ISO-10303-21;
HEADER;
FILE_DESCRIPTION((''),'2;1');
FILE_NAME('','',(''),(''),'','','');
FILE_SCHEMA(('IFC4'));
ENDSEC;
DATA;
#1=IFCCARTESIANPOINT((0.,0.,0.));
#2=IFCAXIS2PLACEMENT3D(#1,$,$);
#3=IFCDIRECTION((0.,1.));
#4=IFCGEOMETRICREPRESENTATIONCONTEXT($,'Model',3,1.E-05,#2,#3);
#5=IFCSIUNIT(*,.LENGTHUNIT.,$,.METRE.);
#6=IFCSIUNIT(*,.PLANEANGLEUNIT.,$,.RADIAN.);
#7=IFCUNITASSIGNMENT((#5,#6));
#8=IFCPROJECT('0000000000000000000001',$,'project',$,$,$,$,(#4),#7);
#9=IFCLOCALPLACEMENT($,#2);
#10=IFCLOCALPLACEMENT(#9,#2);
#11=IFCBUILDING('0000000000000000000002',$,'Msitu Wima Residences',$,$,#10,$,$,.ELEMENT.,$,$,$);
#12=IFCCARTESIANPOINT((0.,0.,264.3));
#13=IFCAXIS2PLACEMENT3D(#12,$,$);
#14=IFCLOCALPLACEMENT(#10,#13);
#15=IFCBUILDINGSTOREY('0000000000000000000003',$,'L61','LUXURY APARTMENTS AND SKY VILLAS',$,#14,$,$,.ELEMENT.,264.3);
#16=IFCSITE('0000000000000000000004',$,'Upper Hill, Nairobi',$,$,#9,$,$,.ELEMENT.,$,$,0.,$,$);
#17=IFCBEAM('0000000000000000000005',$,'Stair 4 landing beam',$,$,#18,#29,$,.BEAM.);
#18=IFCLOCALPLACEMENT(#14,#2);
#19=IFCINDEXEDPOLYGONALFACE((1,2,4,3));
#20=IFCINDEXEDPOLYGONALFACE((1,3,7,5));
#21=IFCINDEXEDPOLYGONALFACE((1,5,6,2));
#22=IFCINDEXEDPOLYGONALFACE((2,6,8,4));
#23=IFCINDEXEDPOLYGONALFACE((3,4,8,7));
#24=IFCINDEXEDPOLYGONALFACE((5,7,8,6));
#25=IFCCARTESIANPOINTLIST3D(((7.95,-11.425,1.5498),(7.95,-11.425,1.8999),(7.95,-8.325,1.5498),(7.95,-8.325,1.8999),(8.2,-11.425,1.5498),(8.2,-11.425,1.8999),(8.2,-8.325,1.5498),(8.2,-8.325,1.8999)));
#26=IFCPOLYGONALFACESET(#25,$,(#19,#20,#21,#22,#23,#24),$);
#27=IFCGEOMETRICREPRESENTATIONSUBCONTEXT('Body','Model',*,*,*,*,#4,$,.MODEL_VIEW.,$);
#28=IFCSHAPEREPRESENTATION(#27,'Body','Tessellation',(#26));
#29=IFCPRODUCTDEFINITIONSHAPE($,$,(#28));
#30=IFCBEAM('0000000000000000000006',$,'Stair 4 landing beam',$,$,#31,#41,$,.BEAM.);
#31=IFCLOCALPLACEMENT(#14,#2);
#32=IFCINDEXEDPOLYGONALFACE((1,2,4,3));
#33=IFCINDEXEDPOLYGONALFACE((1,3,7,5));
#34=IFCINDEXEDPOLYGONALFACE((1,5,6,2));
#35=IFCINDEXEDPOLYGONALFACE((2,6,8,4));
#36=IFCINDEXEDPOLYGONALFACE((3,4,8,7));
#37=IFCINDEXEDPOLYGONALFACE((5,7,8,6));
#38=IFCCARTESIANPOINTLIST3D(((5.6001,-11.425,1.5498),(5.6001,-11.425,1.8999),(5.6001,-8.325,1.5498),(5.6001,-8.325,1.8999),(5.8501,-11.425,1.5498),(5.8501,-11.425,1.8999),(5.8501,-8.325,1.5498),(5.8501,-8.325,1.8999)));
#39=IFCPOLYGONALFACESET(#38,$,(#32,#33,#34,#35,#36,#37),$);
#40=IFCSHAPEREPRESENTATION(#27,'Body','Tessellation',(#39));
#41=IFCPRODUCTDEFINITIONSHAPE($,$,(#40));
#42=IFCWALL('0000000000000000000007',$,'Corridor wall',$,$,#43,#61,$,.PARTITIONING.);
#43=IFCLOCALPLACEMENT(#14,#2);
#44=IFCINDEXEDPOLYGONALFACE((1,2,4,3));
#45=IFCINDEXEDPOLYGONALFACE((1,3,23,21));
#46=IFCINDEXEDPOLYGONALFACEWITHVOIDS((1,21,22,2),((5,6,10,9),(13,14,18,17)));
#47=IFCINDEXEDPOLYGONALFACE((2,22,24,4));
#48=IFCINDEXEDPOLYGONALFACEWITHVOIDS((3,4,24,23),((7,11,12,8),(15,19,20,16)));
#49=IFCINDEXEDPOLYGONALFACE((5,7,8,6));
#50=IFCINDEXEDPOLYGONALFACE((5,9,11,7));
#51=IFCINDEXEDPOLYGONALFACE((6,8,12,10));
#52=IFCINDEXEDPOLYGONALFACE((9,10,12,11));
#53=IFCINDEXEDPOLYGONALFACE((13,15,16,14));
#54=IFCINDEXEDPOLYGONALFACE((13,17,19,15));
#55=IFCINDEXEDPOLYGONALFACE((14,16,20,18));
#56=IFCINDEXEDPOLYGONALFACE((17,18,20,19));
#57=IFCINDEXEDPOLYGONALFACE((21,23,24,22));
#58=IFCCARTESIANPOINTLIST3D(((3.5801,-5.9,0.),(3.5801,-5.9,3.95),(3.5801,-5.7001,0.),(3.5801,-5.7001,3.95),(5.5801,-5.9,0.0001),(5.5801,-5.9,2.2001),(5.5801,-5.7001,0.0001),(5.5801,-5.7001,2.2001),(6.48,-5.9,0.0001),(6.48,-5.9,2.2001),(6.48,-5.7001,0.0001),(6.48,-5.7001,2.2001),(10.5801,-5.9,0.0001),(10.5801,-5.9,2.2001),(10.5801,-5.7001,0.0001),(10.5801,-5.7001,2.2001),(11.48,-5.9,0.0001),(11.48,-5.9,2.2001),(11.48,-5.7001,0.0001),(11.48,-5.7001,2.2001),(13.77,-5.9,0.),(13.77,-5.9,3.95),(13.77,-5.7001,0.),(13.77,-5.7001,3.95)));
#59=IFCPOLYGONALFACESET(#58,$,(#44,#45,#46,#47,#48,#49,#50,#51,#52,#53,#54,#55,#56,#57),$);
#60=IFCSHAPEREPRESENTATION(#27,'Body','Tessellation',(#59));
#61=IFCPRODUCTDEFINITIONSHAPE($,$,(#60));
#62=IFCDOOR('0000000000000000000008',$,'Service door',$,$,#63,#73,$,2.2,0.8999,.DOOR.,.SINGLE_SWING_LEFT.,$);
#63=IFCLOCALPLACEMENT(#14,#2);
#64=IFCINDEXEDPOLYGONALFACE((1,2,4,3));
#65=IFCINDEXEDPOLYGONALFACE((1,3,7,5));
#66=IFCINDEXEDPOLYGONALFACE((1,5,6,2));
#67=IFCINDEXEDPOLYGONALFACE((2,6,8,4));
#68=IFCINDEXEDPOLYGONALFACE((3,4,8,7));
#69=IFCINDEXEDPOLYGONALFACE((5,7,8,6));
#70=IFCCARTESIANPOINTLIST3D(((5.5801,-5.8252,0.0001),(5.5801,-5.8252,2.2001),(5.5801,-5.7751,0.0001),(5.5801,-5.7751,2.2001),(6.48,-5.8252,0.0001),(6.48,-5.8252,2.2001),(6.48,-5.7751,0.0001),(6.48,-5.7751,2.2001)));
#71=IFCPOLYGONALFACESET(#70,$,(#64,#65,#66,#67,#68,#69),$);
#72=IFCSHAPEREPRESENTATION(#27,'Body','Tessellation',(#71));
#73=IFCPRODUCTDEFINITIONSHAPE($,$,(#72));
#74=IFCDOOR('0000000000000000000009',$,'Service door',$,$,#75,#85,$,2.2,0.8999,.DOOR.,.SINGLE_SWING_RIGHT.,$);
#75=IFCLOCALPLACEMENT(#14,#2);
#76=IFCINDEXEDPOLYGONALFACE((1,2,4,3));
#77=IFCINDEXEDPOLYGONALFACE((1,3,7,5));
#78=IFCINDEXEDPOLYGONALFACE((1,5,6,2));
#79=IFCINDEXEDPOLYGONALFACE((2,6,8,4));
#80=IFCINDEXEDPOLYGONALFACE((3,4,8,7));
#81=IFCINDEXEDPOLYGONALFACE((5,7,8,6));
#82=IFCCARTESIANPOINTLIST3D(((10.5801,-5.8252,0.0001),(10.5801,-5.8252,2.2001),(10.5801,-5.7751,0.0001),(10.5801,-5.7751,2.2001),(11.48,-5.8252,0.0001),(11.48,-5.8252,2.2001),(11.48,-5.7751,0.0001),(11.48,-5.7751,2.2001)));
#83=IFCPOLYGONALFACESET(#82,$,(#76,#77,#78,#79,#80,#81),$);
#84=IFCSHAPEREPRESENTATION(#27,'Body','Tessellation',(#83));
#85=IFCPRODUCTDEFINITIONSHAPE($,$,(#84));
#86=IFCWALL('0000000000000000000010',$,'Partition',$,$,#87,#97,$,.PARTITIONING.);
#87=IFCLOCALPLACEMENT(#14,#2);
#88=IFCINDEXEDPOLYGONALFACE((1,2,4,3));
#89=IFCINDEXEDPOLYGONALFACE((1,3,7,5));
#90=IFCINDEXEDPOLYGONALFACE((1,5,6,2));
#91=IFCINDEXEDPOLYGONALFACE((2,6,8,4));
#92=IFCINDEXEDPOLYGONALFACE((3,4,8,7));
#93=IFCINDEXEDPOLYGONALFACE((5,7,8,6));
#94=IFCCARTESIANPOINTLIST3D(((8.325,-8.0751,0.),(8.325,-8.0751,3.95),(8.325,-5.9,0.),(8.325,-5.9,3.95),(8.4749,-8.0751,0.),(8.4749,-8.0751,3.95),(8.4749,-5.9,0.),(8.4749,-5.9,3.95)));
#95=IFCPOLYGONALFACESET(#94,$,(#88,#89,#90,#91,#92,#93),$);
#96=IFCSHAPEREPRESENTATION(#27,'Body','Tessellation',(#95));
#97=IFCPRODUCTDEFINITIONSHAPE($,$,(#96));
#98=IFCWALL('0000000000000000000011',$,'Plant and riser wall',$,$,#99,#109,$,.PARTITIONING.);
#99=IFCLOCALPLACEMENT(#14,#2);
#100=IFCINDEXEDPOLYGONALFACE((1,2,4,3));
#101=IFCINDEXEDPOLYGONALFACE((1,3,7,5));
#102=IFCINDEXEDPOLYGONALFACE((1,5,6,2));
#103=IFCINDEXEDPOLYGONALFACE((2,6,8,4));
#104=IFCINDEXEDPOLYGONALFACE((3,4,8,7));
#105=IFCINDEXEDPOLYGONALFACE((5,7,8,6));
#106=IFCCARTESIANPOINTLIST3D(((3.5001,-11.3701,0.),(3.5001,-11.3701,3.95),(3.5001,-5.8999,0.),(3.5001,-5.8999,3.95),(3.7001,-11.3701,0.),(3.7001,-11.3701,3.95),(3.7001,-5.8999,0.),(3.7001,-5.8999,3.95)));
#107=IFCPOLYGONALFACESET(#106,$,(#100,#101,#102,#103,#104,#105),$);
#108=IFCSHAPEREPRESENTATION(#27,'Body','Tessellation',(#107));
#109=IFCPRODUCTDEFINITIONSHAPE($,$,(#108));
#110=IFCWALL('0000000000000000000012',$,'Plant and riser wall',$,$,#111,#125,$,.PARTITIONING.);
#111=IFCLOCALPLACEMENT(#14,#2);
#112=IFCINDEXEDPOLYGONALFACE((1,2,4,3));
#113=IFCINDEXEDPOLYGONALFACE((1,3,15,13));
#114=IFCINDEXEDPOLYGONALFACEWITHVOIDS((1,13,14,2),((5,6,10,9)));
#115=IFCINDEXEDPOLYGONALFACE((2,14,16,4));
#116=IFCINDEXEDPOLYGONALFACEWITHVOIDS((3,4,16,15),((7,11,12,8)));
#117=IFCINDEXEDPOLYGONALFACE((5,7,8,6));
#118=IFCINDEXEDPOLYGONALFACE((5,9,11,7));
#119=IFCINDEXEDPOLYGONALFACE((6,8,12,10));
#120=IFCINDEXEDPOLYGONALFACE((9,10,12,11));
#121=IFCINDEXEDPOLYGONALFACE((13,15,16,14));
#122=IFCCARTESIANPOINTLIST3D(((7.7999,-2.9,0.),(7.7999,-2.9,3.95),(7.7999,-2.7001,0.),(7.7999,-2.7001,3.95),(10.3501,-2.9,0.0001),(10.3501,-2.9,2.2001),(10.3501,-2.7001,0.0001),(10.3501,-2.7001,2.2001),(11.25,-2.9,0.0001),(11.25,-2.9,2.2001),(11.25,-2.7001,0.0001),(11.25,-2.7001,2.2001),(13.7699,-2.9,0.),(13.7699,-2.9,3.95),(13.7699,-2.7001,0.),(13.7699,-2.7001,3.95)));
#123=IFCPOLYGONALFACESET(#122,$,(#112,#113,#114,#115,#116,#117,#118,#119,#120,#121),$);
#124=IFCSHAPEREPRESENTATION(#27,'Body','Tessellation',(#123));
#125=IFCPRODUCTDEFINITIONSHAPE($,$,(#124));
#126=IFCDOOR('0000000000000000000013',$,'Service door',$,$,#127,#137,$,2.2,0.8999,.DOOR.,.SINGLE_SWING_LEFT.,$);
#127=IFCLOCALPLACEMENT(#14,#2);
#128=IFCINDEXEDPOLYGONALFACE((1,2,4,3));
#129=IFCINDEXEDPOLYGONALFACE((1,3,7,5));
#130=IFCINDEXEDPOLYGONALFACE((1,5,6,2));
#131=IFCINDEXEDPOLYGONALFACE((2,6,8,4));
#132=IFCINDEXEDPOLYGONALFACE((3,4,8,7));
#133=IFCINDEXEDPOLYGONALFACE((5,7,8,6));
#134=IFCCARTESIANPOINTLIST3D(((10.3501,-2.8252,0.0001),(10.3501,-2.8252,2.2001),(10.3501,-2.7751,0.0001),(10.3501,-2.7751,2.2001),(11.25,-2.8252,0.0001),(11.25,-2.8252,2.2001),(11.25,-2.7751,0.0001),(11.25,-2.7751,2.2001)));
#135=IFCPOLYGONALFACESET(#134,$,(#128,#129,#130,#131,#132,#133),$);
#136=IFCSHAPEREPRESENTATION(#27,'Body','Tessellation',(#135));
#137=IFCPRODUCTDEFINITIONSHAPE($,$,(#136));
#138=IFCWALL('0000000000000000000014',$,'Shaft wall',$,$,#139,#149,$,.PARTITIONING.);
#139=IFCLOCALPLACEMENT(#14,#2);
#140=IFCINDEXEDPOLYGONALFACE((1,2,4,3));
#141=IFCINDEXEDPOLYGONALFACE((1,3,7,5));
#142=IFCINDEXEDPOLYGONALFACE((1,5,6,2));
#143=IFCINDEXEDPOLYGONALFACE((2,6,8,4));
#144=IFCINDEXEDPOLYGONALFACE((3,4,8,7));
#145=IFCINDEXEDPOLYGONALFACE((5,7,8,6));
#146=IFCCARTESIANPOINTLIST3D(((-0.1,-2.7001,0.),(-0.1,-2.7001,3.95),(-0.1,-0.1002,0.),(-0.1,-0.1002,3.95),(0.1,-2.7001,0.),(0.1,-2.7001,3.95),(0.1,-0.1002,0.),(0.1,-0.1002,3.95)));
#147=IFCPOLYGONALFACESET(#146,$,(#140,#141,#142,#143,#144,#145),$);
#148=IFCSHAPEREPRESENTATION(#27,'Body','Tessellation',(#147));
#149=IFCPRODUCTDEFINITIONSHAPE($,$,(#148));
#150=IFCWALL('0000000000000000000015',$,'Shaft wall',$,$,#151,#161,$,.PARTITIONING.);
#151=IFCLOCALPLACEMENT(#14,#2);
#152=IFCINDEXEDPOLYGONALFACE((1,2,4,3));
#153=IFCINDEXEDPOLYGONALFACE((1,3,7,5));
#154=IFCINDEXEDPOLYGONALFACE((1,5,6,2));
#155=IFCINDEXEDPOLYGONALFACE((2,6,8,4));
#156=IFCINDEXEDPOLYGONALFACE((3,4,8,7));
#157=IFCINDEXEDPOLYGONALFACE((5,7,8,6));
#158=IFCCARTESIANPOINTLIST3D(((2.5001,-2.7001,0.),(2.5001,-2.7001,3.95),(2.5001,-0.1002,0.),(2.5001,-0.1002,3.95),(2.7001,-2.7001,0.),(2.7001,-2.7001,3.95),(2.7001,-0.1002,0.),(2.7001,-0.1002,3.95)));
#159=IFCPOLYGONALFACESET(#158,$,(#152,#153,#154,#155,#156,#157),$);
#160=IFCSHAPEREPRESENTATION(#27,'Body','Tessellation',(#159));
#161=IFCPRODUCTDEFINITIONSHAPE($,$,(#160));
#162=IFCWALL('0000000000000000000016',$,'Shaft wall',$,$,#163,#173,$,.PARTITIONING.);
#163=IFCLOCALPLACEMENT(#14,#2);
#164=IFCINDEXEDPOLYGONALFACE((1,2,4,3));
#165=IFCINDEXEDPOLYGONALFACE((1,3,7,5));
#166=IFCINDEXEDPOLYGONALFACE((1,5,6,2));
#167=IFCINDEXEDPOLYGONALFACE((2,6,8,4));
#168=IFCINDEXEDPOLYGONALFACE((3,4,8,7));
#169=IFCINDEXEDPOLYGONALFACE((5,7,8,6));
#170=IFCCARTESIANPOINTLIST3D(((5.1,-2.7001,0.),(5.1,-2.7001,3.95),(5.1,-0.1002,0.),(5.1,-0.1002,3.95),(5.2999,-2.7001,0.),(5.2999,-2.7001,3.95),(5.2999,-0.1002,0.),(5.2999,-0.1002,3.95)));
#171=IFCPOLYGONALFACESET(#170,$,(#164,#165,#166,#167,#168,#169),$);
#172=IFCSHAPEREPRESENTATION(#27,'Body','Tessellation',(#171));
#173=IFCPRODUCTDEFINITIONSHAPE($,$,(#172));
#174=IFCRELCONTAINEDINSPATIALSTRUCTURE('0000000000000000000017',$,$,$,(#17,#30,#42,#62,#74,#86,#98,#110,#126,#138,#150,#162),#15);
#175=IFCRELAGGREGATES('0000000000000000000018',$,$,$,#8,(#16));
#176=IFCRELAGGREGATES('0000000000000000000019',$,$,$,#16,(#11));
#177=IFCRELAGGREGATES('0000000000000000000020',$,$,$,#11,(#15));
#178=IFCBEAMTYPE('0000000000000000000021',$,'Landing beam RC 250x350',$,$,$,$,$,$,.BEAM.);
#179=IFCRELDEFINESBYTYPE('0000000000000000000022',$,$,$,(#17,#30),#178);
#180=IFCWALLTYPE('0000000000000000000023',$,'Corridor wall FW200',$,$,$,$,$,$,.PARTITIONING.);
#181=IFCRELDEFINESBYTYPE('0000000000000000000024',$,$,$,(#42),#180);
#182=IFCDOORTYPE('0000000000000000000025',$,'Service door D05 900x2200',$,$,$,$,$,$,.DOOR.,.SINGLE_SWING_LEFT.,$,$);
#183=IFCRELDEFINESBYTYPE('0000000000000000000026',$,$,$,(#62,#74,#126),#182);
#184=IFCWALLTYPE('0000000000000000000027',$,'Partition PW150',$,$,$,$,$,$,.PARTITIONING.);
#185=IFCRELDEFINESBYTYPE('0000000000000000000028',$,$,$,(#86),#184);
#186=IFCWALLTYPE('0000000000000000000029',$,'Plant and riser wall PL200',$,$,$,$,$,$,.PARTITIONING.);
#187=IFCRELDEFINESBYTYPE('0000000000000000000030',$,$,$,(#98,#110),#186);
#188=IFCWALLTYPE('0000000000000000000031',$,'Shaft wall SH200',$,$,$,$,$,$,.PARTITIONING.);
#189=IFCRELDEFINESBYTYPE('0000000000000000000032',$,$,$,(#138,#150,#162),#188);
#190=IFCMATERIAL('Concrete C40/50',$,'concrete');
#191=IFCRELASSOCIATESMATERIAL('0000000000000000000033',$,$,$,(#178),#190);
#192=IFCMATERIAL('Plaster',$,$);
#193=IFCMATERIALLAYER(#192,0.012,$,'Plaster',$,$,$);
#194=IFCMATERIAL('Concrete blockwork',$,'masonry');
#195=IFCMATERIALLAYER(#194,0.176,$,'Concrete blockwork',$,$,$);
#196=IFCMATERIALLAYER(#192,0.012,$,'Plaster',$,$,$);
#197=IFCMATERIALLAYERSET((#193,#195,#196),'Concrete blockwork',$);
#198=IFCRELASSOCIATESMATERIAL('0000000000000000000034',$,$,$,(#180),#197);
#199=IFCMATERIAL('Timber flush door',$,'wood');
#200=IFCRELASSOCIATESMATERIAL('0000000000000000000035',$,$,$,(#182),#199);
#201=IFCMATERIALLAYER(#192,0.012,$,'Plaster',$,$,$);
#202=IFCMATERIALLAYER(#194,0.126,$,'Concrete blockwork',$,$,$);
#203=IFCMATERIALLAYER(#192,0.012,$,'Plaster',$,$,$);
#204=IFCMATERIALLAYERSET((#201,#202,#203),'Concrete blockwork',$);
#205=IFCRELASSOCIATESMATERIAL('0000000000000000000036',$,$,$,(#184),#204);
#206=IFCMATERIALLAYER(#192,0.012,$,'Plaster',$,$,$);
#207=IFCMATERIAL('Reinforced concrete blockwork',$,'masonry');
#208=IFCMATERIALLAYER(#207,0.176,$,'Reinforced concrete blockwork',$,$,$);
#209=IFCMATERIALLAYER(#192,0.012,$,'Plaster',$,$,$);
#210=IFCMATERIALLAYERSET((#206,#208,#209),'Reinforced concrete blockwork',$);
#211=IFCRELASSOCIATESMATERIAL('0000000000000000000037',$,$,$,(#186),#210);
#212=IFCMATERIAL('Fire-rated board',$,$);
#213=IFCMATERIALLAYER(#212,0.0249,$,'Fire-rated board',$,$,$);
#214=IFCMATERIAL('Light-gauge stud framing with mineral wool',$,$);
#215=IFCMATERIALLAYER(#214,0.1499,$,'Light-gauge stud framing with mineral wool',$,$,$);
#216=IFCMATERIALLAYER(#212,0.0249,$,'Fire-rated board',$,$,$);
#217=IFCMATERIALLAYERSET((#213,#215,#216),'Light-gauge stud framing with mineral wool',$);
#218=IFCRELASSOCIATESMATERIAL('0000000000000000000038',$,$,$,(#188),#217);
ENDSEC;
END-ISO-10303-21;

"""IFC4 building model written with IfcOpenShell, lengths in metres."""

from ifc_helpers import new_model, si_unit, direction, frame, frame_2d, origin, origin_2d, place, context, subcontext, project, spatial, rectangle, extrude, material, layer, layer_set, material_profile, profile_set, type_object, element, fill, save


model = new_model("IFC4")

# Units and contexts
model_context = context("Model", 3, precision=1e-05, world=origin(), true_north=direction((0.0, 1.0)))
body_context = subcontext(model_context, "Body", "Model", "MODEL_VIEW")
ifc_project = project(units=[si_unit("LENGTHUNIT", "METRE"), si_unit("PLANEANGLEUNIT", "RADIAN")], contexts=[model_context])

# Site, building, storey
site_placement = place(None, origin())
site = spatial("IfcSite", under=ifc_project, at=site_placement, Name="Upper Hill, Nairobi", CompositionType="ELEMENT", RefElevation=0.0)
building_placement = place(site_placement, origin())
building = spatial("IfcBuilding", under=site, at=building_placement, Name="Msitu Wima Residences", CompositionType="ELEMENT")
storey_placement = place(building_placement, frame((0.0, 0.0, 264.3)))
storey = spatial("IfcBuildingStorey", under=building, at=storey_placement, Name="L61", Description="LUXURY APARTMENTS AND SKY VILLAS", CompositionType="ELEMENT", Elevation=264.3)

# Beams
ifc_material_1 = material(Name="Concrete C40/50", Category="concrete")
ifc_material_profile = material_profile(ifc_material_1, rectangle(XDim=0.25, YDim=0.3501, at=origin_2d()), Name="RC 250x350")
ifc_profile_set = profile_set([ifc_material_profile], Name="Concrete C40/50")
beam_type = type_object("IfcBeamType", Name="Landing beam RC 250x350", PredefinedType="BEAM", material=ifc_profile_set)
for number, where, z_axis, x_axis, name in (
    (1, (8.075, -11.425, 1.7249), (0.0, 1.0, 0.0), (-1.0, 0.0, 0.0), "Stair 4 landing beam"),
    (2, (5.7251, -11.425, 1.7249), (0.0, 1.0, 0.0), (-1.0, 0.0, 0.0), "Stair 4 landing beam"),
):
    element("IfcBeam", number, at=place(storey_placement, frame(where, z_axis=z_axis, x_axis=x_axis)), inside=storey, type_object=beam_type, Name=name, PredefinedType="BEAM", context=body_context, shape_type="SweptSolid", body=[
        extrude(rectangle(XDim=0.25, YDim=0.3501, at=origin_2d()), origin(), (0.0, 0.0, 1.0), 3.1001),
    ])

# Wall, openings, doors
ifc_material_2 = material(Name="Plaster")
ifc_layer_1 = layer(ifc_material_2, 0.012, Name="Plaster")
ifc_material_3 = material(Name="Concrete blockwork", Category="masonry")
ifc_layer_2 = layer(ifc_material_3, 0.176, Name="Concrete blockwork")
ifc_layer_3 = layer(ifc_material_2, 0.012, Name="Plaster")
ifc_layer_set_1 = layer_set([ifc_layer_1, ifc_layer_2, ifc_layer_3], Name="Concrete blockwork")
wall_type_1 = type_object("IfcWallType", Name="Corridor wall FW200", PredefinedType="PARTITIONING", material=ifc_layer_set_1)
wall_1_placement = place(storey_placement, frame((3.5801, -5.8, 0.0), z_axis=(0.0, 0.0, 1.0), x_axis=(1.0, 0.0, 0.0)))
wall_1 = element("IfcWall", 3, at=wall_1_placement, inside=storey, type_object=wall_type_1, Name="Corridor wall", PredefinedType="PARTITIONING", context=body_context, shape_type="SweptSolid", body=[
    extrude(rectangle(XDim=10.1899, YDim=0.2, at=frame_2d((5.095, 0.0))), origin(), (0.0, 0.0, 1.0), 3.95),
])
opening_1_placement = place(wall_1_placement, frame((2.0, 0.0, 0.0)))
opening_1 = element("IfcOpeningElement", 4, at=opening_1_placement, cuts=wall_1, PredefinedType="OPENING", context=body_context, shape_type="SweptSolid", body=[
    extrude(rectangle(XDim=0.8999, YDim=2.2, at=frame_2d((0.45, 1.1001))), frame((0.0, 0.1099, 0.0), z_axis=(0.0, -1.0, 0.0), x_axis=(1.0, 0.0, 0.0)), (0.0, 0.0, 1.0), 0.22),
])
opening_2_placement = place(wall_1_placement, frame((7.0, 0.0, 0.0)))
opening_2 = element("IfcOpeningElement", 5, at=opening_2_placement, cuts=wall_1, PredefinedType="OPENING", context=body_context, shape_type="SweptSolid", body=[
    extrude(rectangle(XDim=0.8999, YDim=2.2, at=frame_2d((0.45, 1.1001))), frame((0.0, 0.1099, 0.0), z_axis=(0.0, -1.0, 0.0), x_axis=(1.0, 0.0, 0.0)), (0.0, 0.0, 1.0), 0.22),
])
ifc_material_4 = material(Name="Timber flush door", Category="wood")
door_type_1 = type_object("IfcDoorType", Name="Service door D05 900x2200", OperationType="SINGLE_SWING_LEFT", PredefinedType="DOOR", material=ifc_material_4)
door_1_placement = place(opening_1_placement, origin())
door_1 = element("IfcDoor", 6, at=door_1_placement, inside=storey, type_object=door_type_1, Name="Service door", OperationType="SINGLE_SWING_LEFT", OverallHeight=2.2, OverallWidth=0.8999, PredefinedType="DOOR", context=body_context, shape_type="SweptSolid", body=[
    extrude(rectangle(XDim=0.8999, YDim=2.2, at=frame_2d((0.45, 1.1001))), frame((0.0, 0.0249, 0.0), z_axis=(0.0, -1.0, 0.0), x_axis=(1.0, 0.0, 0.0)), (0.0, 0.0, 1.0), 0.05),
])
fill(opening_1, door_1)
door_2_placement = place(opening_2_placement, origin())
door_2 = element("IfcDoor", 7, at=door_2_placement, inside=storey, type_object=door_type_1, Name="Service door", OperationType="SINGLE_SWING_RIGHT", OverallHeight=2.2, OverallWidth=0.8999, PredefinedType="DOOR", context=body_context, shape_type="SweptSolid", body=[
    extrude(rectangle(XDim=0.8999, YDim=2.2, at=frame_2d((0.45, 1.1001))), frame((0.0, 0.0249, 0.0), z_axis=(0.0, -1.0, 0.0), x_axis=(1.0, 0.0, 0.0)), (0.0, 0.0, 1.0), 0.05),
])
fill(opening_2, door_2)

# Walls
ifc_layer_4 = layer(ifc_material_2, 0.012, Name="Plaster")
ifc_layer_5 = layer(ifc_material_3, 0.126, Name="Concrete blockwork")
ifc_layer_6 = layer(ifc_material_2, 0.012, Name="Plaster")
ifc_layer_set_2 = layer_set([ifc_layer_4, ifc_layer_5, ifc_layer_6], Name="Concrete blockwork")
wall_type_2 = type_object("IfcWallType", Name="Partition PW150", PredefinedType="PARTITIONING", material=ifc_layer_set_2)
wall_2_placement = place(storey_placement, frame((8.3999, -8.075, 0.0), z_axis=(0.0, 0.0, 1.0), x_axis=(0.0, 1.0, 0.0)))
element("IfcWall", 8, at=wall_2_placement, inside=storey, type_object=wall_type_2, Name="Partition", PredefinedType="PARTITIONING", context=body_context, shape_type="SweptSolid", body=[
    extrude(rectangle(XDim=2.175, YDim=0.1499, at=frame_2d((1.0874, 0.0))), origin(), (0.0, 0.0, 1.0), 3.95),
])
ifc_layer_7 = layer(ifc_material_2, 0.012, Name="Plaster")
ifc_material_5 = material(Name="Reinforced concrete blockwork", Category="masonry")
ifc_layer_8 = layer(ifc_material_5, 0.176, Name="Reinforced concrete blockwork")
ifc_layer_9 = layer(ifc_material_2, 0.012, Name="Plaster")
ifc_layer_set_3 = layer_set([ifc_layer_7, ifc_layer_8, ifc_layer_9], Name="Reinforced concrete blockwork")
wall_type_3 = type_object("IfcWallType", Name="Plant and riser wall PL200", PredefinedType="PARTITIONING", material=ifc_layer_set_3)
wall_3_placement = place(storey_placement, frame((3.6001, -11.3701, 0.0), z_axis=(0.0, 0.0, 1.0), x_axis=(0.0, 1.0, 0.0)))
element("IfcWall", 9, at=wall_3_placement, inside=storey, type_object=wall_type_3, Name="Plant and riser wall", PredefinedType="PARTITIONING", context=body_context, shape_type="SweptSolid", body=[
    extrude(rectangle(XDim=5.4702, YDim=0.2, at=frame_2d((2.7351, 0.0))), origin(), (0.0, 0.0, 1.0), 3.95),
])

# Wall, opening, door
wall_4_placement = place(storey_placement, frame((7.8, -2.8, 0.0), z_axis=(0.0, 0.0, 1.0), x_axis=(1.0, 0.0, 0.0)))
wall_4 = element("IfcWall", 10, at=wall_4_placement, inside=storey, type_object=wall_type_3, Name="Plant and riser wall", PredefinedType="PARTITIONING", context=body_context, shape_type="SweptSolid", body=[
    extrude(rectangle(XDim=5.97, YDim=0.2, at=frame_2d((2.9849, 0.0))), origin(), (0.0, 0.0, 1.0), 3.95),
])
opening_3_placement = place(wall_4_placement, frame((2.55, 0.0, 0.0)))
opening_3 = element("IfcOpeningElement", 11, at=opening_3_placement, cuts=wall_4, PredefinedType="OPENING", context=body_context, shape_type="SweptSolid", body=[
    extrude(rectangle(XDim=0.8999, YDim=2.2, at=frame_2d((0.45, 1.1001))), frame((0.0, 0.1099, 0.0), z_axis=(0.0, -1.0, 0.0), x_axis=(1.0, 0.0, 0.0)), (0.0, 0.0, 1.0), 0.22),
])
door_3_placement = place(opening_3_placement, origin())
door_3 = element("IfcDoor", 12, at=door_3_placement, inside=storey, type_object=door_type_1, Name="Service door", OperationType="SINGLE_SWING_LEFT", OverallHeight=2.2, OverallWidth=0.8999, PredefinedType="DOOR", context=body_context, shape_type="SweptSolid", body=[
    extrude(rectangle(XDim=0.8999, YDim=2.2, at=frame_2d((0.45, 1.1001))), frame((0.0, 0.0249, 0.0), z_axis=(0.0, -1.0, 0.0), x_axis=(1.0, 0.0, 0.0)), (0.0, 0.0, 1.0), 0.05),
])
fill(opening_3, door_3)

# Walls
ifc_material_6 = material(Name="Fire-rated board")
ifc_layer_10 = layer(ifc_material_6, 0.0249, Name="Fire-rated board")
ifc_material_7 = material(Name="Light-gauge stud framing with mineral wool")
ifc_layer_11 = layer(ifc_material_7, 0.1499, Name="Light-gauge stud framing with mineral wool")
ifc_layer_12 = layer(ifc_material_6, 0.0249, Name="Fire-rated board")
ifc_layer_set_4 = layer_set([ifc_layer_10, ifc_layer_11, ifc_layer_12], Name="Light-gauge stud framing with mineral wool")
wall_type_4 = type_object("IfcWallType", Name="Shaft wall SH200", PredefinedType="PARTITIONING", material=ifc_layer_set_4)
for number, where, z_axis, x_axis, name in (
    (13, (0.0, -2.7, 0.0), (0.0, 0.0, 1.0), (0.0, 1.0, 0.0), "Shaft wall"),
    (14, (2.6001, -2.7, 0.0), (0.0, 0.0, 1.0), (0.0, 1.0, 0.0), "Shaft wall"),
    (15, (5.2, -2.7, 0.0), (0.0, 0.0, 1.0), (0.0, 1.0, 0.0), "Shaft wall"),
):
    element("IfcWall", number, at=place(storey_placement, frame(where, z_axis=z_axis, x_axis=x_axis)), inside=storey, type_object=wall_type_4, Name=name, PredefinedType="PARTITIONING", context=body_context, shape_type="SweptSolid", body=[
        extrude(rectangle(XDim=2.5999, YDim=0.2, at=frame_2d((1.2998, 0.0))), origin(), (0.0, 0.0, 1.0), 3.95),
    ])

save(model, "model.ifc")
